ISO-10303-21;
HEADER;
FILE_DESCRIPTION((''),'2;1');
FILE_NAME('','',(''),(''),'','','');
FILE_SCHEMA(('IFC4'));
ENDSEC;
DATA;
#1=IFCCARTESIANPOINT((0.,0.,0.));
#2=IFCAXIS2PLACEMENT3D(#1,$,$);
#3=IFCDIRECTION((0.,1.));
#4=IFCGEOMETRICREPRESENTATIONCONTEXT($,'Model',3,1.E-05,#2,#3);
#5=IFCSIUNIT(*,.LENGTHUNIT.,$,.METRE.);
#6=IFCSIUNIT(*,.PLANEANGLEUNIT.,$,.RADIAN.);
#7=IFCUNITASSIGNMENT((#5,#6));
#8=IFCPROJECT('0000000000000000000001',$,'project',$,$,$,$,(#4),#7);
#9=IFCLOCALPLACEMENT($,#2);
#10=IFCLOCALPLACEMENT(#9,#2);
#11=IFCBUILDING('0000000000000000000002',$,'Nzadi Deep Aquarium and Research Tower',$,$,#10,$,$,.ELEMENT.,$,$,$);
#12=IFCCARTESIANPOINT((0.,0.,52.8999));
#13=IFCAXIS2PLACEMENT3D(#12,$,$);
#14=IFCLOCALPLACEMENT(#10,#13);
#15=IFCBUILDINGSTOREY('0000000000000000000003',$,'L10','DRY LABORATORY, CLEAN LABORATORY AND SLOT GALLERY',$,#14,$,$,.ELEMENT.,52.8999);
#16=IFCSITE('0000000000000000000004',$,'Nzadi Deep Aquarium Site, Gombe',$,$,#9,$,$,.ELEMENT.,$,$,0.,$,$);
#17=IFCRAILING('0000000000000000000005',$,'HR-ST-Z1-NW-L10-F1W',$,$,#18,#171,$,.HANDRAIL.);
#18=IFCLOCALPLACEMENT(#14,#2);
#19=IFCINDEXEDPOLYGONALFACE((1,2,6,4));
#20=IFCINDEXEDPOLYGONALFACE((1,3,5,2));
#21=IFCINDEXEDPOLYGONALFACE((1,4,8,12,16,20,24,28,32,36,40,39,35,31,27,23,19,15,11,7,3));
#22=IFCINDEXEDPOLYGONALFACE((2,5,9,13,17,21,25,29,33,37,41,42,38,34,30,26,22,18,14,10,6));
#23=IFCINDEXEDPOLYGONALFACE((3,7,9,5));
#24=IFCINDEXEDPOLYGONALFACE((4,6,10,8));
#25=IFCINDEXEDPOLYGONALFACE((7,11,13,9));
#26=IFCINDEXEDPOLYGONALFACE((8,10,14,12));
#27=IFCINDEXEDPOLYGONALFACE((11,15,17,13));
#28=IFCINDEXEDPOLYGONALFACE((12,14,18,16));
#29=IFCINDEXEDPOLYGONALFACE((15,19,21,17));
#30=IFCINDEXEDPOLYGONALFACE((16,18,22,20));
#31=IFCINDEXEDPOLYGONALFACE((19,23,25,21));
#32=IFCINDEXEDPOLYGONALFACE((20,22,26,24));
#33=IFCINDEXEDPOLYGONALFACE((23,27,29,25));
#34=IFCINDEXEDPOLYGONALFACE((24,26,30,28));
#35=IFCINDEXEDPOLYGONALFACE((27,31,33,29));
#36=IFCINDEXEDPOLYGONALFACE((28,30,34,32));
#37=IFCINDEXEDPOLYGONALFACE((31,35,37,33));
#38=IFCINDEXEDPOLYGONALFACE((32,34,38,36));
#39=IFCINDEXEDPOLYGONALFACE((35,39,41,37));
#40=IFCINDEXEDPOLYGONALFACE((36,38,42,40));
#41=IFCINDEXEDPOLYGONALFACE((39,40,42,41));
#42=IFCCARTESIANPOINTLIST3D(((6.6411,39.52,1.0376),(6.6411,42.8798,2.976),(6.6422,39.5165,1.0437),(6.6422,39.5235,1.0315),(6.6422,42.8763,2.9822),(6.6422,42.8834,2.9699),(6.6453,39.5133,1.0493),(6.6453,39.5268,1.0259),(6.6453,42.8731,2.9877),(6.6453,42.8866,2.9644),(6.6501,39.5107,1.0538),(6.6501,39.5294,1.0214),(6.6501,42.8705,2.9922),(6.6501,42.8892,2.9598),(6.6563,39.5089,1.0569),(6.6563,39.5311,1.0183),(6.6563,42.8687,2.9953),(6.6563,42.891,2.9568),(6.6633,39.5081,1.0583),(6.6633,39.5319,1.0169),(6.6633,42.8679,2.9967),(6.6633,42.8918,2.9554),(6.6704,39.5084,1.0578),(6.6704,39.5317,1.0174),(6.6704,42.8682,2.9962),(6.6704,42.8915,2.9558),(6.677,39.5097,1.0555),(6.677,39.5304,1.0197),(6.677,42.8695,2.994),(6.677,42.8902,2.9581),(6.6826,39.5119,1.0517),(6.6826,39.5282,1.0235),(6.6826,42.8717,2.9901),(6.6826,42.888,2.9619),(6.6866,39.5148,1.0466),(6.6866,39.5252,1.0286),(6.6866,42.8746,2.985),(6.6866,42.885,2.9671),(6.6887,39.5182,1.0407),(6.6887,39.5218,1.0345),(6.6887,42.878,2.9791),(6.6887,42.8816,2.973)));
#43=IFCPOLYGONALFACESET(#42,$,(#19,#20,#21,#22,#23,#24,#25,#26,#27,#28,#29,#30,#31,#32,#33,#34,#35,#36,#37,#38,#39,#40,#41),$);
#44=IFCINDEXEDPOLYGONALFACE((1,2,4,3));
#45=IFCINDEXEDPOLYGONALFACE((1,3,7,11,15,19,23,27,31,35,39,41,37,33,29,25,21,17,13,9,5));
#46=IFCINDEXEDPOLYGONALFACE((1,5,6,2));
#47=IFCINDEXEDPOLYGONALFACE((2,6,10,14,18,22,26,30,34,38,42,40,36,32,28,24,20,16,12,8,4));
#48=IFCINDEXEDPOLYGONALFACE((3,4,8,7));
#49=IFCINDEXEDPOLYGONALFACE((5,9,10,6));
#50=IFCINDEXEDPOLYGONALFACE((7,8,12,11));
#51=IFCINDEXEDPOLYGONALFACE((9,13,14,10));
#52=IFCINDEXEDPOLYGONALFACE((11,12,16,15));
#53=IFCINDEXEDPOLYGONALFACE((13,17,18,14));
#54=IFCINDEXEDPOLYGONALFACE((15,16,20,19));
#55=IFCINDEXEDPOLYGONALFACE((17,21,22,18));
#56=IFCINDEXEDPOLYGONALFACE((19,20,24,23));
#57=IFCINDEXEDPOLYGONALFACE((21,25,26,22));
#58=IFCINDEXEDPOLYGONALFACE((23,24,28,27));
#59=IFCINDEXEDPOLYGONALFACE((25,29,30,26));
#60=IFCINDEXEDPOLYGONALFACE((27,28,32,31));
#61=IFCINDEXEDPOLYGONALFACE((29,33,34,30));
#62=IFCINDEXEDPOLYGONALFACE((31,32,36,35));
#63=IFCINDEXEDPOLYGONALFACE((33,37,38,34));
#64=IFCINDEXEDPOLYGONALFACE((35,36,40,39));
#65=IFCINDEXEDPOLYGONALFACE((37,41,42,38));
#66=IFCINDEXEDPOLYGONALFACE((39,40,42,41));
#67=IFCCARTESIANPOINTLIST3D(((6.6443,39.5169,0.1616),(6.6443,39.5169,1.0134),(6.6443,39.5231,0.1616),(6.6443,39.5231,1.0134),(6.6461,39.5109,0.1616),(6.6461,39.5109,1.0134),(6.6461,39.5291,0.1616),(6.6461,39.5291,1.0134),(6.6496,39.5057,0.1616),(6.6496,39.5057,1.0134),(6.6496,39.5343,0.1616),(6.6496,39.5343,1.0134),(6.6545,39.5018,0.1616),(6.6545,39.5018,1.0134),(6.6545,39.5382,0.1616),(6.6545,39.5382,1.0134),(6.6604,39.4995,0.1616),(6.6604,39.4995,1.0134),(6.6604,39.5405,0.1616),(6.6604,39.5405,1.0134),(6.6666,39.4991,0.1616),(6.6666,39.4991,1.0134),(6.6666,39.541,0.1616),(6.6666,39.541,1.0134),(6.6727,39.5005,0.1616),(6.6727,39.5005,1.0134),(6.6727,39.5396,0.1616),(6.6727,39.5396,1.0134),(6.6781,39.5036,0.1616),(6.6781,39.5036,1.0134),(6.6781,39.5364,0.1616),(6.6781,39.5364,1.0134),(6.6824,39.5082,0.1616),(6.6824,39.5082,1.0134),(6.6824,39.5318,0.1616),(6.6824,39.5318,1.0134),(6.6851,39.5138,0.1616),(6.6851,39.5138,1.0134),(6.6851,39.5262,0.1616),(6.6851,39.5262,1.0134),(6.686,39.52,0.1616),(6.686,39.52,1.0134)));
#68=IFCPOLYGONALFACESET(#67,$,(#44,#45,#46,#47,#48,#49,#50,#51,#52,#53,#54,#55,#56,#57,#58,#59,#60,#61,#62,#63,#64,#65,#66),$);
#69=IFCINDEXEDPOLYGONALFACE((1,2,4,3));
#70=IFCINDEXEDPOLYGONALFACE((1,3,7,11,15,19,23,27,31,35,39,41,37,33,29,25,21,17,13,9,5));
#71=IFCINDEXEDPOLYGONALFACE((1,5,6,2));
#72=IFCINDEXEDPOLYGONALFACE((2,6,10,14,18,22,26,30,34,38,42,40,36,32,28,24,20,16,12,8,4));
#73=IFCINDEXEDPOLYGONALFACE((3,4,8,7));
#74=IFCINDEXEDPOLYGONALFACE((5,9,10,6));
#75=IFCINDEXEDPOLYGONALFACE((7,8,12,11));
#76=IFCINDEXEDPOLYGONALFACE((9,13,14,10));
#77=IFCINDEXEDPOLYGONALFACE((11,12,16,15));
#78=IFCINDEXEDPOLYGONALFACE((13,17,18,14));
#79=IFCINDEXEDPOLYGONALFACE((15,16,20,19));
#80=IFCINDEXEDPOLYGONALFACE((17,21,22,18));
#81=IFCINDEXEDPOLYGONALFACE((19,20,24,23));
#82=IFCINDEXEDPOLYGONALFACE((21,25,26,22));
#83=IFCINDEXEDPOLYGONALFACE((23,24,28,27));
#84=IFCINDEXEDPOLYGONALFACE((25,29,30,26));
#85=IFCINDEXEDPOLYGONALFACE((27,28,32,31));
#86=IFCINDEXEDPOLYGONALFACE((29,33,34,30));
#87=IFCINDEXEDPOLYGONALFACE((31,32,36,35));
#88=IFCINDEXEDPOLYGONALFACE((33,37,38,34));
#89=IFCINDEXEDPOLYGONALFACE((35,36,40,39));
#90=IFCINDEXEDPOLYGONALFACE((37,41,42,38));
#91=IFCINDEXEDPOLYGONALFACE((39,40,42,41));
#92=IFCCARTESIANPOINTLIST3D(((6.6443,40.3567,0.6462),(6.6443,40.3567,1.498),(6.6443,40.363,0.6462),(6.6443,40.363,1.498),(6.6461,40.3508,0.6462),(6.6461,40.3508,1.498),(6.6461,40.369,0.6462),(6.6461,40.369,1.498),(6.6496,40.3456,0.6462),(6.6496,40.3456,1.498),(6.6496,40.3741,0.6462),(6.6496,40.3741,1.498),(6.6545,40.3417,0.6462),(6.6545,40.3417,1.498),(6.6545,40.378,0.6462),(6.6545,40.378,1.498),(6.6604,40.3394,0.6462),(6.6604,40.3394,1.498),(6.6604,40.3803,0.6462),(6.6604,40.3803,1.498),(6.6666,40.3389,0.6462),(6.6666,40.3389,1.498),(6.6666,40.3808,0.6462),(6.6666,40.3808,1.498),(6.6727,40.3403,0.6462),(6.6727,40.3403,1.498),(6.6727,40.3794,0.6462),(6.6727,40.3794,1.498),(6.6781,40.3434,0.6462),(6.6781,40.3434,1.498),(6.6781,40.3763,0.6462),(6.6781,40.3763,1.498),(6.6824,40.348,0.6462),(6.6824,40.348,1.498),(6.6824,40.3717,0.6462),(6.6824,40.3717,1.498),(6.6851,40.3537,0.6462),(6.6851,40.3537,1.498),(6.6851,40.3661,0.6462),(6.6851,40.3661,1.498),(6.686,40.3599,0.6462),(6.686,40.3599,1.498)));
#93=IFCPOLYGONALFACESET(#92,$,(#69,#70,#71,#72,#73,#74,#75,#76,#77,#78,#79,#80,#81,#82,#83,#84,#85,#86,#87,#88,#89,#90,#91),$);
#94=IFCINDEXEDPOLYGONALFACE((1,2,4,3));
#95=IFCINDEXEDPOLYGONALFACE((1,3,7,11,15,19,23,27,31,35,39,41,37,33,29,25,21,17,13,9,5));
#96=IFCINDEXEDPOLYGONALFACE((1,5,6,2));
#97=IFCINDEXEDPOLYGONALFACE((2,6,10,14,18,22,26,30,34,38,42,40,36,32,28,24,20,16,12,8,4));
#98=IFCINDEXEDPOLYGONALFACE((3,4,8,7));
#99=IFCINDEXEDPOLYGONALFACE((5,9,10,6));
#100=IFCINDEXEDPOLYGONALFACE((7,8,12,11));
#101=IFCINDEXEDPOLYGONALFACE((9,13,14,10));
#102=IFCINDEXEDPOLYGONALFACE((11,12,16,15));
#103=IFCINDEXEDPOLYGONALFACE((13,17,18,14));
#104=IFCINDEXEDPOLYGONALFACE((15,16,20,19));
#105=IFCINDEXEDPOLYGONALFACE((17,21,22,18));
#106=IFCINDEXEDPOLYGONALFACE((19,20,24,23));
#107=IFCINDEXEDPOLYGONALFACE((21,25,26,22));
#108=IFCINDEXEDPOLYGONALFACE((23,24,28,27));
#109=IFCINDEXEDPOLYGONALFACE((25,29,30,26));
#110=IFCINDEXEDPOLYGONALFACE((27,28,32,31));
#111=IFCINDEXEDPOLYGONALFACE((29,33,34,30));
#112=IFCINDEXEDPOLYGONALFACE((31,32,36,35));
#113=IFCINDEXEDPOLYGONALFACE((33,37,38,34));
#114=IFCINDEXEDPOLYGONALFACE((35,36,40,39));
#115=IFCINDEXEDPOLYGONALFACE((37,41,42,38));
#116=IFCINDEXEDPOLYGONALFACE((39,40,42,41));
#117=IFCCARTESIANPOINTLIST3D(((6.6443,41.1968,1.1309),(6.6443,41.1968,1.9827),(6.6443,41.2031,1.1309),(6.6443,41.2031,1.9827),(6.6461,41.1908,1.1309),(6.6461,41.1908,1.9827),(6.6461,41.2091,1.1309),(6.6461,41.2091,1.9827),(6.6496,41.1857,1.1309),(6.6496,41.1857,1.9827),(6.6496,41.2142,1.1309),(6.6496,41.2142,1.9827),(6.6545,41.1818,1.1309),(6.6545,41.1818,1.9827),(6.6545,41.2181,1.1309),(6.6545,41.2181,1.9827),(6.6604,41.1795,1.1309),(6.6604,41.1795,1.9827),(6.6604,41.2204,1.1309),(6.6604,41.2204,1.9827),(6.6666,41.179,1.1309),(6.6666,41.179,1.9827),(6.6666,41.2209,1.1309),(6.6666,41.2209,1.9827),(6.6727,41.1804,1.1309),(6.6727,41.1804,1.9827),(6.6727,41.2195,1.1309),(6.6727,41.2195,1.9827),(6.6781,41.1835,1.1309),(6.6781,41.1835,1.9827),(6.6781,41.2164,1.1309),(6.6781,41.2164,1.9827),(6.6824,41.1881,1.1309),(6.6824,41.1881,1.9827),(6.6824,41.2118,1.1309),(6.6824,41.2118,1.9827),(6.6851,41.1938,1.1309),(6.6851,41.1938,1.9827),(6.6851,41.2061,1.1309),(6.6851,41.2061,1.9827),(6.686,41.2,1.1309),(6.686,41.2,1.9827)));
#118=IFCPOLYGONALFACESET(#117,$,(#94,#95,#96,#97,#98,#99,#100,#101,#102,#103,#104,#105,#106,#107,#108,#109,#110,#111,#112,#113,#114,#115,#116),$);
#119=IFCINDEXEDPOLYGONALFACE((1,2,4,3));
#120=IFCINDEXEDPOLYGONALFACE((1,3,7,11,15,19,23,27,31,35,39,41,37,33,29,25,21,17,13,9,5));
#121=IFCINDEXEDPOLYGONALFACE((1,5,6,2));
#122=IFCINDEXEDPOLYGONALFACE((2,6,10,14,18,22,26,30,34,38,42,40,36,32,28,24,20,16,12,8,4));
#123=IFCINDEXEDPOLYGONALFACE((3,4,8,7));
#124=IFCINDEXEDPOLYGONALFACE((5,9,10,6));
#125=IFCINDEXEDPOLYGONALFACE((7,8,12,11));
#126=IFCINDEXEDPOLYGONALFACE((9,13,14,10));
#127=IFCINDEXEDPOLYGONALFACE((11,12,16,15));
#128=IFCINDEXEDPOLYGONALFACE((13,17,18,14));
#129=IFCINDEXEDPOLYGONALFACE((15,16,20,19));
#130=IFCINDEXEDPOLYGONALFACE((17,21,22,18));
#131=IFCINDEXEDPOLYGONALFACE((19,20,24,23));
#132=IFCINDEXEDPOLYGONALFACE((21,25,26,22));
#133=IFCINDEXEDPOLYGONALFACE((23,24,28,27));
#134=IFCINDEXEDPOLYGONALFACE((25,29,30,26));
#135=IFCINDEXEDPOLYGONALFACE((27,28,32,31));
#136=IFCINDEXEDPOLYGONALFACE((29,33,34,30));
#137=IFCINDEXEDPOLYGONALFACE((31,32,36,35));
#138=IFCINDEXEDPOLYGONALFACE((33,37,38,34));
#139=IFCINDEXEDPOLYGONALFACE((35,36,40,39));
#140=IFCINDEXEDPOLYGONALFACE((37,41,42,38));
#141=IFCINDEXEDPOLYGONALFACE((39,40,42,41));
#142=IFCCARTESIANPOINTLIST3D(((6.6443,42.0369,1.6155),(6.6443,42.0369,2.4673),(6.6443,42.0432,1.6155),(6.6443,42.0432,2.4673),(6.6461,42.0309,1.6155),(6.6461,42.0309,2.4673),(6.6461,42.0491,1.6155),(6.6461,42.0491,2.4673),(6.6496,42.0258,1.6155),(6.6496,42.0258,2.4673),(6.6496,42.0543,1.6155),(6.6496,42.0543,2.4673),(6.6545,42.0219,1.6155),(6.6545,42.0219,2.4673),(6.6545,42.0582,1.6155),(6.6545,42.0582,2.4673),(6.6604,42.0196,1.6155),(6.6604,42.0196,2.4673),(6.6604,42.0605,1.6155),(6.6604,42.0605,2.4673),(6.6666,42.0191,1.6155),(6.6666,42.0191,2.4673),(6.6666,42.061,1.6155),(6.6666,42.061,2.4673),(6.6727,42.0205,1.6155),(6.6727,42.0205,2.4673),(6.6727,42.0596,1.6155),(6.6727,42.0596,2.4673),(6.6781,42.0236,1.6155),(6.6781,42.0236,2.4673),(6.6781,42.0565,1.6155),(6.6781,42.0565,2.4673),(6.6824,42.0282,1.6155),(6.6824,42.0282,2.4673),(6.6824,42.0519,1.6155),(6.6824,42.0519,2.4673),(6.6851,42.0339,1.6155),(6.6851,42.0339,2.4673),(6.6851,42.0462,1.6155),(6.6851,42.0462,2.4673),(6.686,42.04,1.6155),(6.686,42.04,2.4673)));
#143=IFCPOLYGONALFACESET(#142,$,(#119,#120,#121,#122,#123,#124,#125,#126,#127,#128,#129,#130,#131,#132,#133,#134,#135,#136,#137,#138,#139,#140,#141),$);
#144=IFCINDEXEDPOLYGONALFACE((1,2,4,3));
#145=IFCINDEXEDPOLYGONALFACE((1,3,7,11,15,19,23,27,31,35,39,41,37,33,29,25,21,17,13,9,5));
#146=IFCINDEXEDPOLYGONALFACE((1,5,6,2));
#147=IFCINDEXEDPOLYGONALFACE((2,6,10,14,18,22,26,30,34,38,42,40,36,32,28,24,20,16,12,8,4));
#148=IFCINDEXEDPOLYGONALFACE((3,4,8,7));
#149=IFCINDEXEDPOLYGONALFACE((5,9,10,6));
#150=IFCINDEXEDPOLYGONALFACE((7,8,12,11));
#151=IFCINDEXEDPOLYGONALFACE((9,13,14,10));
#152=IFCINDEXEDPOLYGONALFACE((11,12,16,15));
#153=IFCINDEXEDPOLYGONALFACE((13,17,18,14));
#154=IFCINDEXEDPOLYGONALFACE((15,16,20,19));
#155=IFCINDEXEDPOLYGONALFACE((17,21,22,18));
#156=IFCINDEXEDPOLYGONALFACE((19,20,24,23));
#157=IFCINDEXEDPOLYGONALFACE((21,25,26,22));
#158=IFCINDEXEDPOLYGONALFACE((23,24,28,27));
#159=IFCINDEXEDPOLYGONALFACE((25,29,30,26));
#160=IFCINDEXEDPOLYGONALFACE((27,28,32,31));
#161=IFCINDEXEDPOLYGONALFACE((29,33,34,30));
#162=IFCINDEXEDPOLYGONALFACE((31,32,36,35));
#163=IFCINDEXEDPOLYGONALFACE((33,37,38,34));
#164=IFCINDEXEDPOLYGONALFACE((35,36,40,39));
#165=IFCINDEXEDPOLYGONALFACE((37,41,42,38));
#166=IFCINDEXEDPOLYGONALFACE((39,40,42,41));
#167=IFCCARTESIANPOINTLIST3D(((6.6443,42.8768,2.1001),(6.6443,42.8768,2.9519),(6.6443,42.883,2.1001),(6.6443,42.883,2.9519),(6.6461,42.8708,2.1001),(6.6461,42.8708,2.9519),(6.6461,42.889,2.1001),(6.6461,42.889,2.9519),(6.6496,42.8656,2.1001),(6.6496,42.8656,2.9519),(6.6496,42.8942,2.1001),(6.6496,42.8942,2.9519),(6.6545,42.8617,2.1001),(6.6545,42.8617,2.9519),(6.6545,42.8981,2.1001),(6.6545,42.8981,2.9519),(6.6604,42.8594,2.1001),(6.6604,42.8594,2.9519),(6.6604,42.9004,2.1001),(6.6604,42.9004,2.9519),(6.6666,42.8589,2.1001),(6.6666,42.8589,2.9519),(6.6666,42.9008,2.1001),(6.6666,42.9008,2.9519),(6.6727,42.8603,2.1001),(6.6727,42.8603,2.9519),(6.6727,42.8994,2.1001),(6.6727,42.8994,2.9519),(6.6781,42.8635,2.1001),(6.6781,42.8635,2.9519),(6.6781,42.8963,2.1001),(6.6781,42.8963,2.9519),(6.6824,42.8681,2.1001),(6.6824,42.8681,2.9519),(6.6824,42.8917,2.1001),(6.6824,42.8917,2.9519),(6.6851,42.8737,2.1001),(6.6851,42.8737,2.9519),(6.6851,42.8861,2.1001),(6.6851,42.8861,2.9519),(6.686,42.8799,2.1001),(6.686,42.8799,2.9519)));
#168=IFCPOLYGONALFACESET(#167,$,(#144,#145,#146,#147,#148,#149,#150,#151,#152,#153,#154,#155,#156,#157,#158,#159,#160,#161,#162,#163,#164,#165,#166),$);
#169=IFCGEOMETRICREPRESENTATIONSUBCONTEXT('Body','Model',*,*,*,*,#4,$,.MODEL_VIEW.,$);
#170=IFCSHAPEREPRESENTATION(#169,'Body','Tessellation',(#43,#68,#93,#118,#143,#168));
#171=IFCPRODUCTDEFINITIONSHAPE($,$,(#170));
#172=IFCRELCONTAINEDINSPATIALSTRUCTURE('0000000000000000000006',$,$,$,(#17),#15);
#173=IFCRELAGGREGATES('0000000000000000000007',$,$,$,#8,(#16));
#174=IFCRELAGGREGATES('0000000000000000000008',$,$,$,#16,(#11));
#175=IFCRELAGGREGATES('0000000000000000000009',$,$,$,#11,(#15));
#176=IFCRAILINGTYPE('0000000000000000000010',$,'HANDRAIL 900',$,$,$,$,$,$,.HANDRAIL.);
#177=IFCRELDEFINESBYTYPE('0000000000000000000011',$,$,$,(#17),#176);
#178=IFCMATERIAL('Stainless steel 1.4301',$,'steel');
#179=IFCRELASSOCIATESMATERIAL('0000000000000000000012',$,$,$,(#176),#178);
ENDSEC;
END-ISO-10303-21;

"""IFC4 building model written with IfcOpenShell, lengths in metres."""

from ifc_helpers import new_model, si_unit, direction, frame, origin, origin_2d, place, context, subcontext, project, spatial, circle, extrude, material, type_object, element, save


model = new_model("IFC4")

# Units and contexts
model_context = context("Model", 3, precision=1e-05, world=origin(), true_north=direction((0.0, 1.0)))
body_context = subcontext(model_context, "Body", "Model", "MODEL_VIEW")
ifc_project = project(units=[si_unit("LENGTHUNIT", "METRE"), si_unit("PLANEANGLEUNIT", "RADIAN")], contexts=[model_context])

# Site, building, storey
site_placement = place(None, origin())
site = spatial("IfcSite", under=ifc_project, at=site_placement, Name="Nzadi Deep Aquarium Site, Gombe", CompositionType="ELEMENT", RefElevation=0.0)
building_placement = place(site_placement, origin())
building = spatial("IfcBuilding", under=site, at=building_placement, Name="Nzadi Deep Aquarium and Research Tower", CompositionType="ELEMENT")
storey_placement = place(building_placement, frame((0.0, 0.0, 52.8999)))
storey = spatial("IfcBuildingStorey", under=building, at=storey_placement, Name="L10", Description="DRY LABORATORY, CLEAN LABORATORY AND SLOT GALLERY", CompositionType="ELEMENT", Elevation=52.8999)

# Railing
ifc_material_1 = material(Name="Stainless steel 1.4301", Category="steel")
railing_type = type_object("IfcRailingType", Name="HANDRAIL 900", PredefinedType="HANDRAIL", material=ifc_material_1)
for number, where, name in (
    (1, (6.665, 39.52, 0.1616), "HR-ST-Z1-NW-L10-F1W"),
):
    element("IfcRailing", number, at=place(storey_placement, frame(where)), inside=storey, type_object=railing_type, Name=name, PredefinedType="HANDRAIL", context=body_context, shape_type="SweptSolid", body=[
        extrude(circle(Radius=0.0239, at=origin_2d()), frame((0.0, 0.0, 0.876), z_axis=(0.0, 0.866175, 0.499741), x_axis=(-1.0, 0.0, 0.0)), (0.0, 0.0, 1.0), 3.8789),
        extrude(circle(Radius=0.021, at=origin_2d()), origin(), (0.0, 0.0, 1.0), 0.8518),
        extrude(circle(Radius=0.021, at=origin_2d()), frame((0.0, 0.8398, 0.4846)), (0.0, 0.0, 1.0), 0.8518),
        extrude(circle(Radius=0.021, at=origin_2d()), frame((0.0, 1.6799, 0.9692)), (0.0, 0.0, 1.0), 0.8518),
        extrude(circle(Radius=0.021, at=origin_2d()), frame((0.0, 2.52, 1.4539)), (0.0, 0.0, 1.0), 0.8518),
        extrude(circle(Radius=0.021, at=origin_2d()), frame((0.0, 3.3599, 1.9385)), (0.0, 0.0, 1.0), 0.8518),
    ])

save(model, "model.ifc")
